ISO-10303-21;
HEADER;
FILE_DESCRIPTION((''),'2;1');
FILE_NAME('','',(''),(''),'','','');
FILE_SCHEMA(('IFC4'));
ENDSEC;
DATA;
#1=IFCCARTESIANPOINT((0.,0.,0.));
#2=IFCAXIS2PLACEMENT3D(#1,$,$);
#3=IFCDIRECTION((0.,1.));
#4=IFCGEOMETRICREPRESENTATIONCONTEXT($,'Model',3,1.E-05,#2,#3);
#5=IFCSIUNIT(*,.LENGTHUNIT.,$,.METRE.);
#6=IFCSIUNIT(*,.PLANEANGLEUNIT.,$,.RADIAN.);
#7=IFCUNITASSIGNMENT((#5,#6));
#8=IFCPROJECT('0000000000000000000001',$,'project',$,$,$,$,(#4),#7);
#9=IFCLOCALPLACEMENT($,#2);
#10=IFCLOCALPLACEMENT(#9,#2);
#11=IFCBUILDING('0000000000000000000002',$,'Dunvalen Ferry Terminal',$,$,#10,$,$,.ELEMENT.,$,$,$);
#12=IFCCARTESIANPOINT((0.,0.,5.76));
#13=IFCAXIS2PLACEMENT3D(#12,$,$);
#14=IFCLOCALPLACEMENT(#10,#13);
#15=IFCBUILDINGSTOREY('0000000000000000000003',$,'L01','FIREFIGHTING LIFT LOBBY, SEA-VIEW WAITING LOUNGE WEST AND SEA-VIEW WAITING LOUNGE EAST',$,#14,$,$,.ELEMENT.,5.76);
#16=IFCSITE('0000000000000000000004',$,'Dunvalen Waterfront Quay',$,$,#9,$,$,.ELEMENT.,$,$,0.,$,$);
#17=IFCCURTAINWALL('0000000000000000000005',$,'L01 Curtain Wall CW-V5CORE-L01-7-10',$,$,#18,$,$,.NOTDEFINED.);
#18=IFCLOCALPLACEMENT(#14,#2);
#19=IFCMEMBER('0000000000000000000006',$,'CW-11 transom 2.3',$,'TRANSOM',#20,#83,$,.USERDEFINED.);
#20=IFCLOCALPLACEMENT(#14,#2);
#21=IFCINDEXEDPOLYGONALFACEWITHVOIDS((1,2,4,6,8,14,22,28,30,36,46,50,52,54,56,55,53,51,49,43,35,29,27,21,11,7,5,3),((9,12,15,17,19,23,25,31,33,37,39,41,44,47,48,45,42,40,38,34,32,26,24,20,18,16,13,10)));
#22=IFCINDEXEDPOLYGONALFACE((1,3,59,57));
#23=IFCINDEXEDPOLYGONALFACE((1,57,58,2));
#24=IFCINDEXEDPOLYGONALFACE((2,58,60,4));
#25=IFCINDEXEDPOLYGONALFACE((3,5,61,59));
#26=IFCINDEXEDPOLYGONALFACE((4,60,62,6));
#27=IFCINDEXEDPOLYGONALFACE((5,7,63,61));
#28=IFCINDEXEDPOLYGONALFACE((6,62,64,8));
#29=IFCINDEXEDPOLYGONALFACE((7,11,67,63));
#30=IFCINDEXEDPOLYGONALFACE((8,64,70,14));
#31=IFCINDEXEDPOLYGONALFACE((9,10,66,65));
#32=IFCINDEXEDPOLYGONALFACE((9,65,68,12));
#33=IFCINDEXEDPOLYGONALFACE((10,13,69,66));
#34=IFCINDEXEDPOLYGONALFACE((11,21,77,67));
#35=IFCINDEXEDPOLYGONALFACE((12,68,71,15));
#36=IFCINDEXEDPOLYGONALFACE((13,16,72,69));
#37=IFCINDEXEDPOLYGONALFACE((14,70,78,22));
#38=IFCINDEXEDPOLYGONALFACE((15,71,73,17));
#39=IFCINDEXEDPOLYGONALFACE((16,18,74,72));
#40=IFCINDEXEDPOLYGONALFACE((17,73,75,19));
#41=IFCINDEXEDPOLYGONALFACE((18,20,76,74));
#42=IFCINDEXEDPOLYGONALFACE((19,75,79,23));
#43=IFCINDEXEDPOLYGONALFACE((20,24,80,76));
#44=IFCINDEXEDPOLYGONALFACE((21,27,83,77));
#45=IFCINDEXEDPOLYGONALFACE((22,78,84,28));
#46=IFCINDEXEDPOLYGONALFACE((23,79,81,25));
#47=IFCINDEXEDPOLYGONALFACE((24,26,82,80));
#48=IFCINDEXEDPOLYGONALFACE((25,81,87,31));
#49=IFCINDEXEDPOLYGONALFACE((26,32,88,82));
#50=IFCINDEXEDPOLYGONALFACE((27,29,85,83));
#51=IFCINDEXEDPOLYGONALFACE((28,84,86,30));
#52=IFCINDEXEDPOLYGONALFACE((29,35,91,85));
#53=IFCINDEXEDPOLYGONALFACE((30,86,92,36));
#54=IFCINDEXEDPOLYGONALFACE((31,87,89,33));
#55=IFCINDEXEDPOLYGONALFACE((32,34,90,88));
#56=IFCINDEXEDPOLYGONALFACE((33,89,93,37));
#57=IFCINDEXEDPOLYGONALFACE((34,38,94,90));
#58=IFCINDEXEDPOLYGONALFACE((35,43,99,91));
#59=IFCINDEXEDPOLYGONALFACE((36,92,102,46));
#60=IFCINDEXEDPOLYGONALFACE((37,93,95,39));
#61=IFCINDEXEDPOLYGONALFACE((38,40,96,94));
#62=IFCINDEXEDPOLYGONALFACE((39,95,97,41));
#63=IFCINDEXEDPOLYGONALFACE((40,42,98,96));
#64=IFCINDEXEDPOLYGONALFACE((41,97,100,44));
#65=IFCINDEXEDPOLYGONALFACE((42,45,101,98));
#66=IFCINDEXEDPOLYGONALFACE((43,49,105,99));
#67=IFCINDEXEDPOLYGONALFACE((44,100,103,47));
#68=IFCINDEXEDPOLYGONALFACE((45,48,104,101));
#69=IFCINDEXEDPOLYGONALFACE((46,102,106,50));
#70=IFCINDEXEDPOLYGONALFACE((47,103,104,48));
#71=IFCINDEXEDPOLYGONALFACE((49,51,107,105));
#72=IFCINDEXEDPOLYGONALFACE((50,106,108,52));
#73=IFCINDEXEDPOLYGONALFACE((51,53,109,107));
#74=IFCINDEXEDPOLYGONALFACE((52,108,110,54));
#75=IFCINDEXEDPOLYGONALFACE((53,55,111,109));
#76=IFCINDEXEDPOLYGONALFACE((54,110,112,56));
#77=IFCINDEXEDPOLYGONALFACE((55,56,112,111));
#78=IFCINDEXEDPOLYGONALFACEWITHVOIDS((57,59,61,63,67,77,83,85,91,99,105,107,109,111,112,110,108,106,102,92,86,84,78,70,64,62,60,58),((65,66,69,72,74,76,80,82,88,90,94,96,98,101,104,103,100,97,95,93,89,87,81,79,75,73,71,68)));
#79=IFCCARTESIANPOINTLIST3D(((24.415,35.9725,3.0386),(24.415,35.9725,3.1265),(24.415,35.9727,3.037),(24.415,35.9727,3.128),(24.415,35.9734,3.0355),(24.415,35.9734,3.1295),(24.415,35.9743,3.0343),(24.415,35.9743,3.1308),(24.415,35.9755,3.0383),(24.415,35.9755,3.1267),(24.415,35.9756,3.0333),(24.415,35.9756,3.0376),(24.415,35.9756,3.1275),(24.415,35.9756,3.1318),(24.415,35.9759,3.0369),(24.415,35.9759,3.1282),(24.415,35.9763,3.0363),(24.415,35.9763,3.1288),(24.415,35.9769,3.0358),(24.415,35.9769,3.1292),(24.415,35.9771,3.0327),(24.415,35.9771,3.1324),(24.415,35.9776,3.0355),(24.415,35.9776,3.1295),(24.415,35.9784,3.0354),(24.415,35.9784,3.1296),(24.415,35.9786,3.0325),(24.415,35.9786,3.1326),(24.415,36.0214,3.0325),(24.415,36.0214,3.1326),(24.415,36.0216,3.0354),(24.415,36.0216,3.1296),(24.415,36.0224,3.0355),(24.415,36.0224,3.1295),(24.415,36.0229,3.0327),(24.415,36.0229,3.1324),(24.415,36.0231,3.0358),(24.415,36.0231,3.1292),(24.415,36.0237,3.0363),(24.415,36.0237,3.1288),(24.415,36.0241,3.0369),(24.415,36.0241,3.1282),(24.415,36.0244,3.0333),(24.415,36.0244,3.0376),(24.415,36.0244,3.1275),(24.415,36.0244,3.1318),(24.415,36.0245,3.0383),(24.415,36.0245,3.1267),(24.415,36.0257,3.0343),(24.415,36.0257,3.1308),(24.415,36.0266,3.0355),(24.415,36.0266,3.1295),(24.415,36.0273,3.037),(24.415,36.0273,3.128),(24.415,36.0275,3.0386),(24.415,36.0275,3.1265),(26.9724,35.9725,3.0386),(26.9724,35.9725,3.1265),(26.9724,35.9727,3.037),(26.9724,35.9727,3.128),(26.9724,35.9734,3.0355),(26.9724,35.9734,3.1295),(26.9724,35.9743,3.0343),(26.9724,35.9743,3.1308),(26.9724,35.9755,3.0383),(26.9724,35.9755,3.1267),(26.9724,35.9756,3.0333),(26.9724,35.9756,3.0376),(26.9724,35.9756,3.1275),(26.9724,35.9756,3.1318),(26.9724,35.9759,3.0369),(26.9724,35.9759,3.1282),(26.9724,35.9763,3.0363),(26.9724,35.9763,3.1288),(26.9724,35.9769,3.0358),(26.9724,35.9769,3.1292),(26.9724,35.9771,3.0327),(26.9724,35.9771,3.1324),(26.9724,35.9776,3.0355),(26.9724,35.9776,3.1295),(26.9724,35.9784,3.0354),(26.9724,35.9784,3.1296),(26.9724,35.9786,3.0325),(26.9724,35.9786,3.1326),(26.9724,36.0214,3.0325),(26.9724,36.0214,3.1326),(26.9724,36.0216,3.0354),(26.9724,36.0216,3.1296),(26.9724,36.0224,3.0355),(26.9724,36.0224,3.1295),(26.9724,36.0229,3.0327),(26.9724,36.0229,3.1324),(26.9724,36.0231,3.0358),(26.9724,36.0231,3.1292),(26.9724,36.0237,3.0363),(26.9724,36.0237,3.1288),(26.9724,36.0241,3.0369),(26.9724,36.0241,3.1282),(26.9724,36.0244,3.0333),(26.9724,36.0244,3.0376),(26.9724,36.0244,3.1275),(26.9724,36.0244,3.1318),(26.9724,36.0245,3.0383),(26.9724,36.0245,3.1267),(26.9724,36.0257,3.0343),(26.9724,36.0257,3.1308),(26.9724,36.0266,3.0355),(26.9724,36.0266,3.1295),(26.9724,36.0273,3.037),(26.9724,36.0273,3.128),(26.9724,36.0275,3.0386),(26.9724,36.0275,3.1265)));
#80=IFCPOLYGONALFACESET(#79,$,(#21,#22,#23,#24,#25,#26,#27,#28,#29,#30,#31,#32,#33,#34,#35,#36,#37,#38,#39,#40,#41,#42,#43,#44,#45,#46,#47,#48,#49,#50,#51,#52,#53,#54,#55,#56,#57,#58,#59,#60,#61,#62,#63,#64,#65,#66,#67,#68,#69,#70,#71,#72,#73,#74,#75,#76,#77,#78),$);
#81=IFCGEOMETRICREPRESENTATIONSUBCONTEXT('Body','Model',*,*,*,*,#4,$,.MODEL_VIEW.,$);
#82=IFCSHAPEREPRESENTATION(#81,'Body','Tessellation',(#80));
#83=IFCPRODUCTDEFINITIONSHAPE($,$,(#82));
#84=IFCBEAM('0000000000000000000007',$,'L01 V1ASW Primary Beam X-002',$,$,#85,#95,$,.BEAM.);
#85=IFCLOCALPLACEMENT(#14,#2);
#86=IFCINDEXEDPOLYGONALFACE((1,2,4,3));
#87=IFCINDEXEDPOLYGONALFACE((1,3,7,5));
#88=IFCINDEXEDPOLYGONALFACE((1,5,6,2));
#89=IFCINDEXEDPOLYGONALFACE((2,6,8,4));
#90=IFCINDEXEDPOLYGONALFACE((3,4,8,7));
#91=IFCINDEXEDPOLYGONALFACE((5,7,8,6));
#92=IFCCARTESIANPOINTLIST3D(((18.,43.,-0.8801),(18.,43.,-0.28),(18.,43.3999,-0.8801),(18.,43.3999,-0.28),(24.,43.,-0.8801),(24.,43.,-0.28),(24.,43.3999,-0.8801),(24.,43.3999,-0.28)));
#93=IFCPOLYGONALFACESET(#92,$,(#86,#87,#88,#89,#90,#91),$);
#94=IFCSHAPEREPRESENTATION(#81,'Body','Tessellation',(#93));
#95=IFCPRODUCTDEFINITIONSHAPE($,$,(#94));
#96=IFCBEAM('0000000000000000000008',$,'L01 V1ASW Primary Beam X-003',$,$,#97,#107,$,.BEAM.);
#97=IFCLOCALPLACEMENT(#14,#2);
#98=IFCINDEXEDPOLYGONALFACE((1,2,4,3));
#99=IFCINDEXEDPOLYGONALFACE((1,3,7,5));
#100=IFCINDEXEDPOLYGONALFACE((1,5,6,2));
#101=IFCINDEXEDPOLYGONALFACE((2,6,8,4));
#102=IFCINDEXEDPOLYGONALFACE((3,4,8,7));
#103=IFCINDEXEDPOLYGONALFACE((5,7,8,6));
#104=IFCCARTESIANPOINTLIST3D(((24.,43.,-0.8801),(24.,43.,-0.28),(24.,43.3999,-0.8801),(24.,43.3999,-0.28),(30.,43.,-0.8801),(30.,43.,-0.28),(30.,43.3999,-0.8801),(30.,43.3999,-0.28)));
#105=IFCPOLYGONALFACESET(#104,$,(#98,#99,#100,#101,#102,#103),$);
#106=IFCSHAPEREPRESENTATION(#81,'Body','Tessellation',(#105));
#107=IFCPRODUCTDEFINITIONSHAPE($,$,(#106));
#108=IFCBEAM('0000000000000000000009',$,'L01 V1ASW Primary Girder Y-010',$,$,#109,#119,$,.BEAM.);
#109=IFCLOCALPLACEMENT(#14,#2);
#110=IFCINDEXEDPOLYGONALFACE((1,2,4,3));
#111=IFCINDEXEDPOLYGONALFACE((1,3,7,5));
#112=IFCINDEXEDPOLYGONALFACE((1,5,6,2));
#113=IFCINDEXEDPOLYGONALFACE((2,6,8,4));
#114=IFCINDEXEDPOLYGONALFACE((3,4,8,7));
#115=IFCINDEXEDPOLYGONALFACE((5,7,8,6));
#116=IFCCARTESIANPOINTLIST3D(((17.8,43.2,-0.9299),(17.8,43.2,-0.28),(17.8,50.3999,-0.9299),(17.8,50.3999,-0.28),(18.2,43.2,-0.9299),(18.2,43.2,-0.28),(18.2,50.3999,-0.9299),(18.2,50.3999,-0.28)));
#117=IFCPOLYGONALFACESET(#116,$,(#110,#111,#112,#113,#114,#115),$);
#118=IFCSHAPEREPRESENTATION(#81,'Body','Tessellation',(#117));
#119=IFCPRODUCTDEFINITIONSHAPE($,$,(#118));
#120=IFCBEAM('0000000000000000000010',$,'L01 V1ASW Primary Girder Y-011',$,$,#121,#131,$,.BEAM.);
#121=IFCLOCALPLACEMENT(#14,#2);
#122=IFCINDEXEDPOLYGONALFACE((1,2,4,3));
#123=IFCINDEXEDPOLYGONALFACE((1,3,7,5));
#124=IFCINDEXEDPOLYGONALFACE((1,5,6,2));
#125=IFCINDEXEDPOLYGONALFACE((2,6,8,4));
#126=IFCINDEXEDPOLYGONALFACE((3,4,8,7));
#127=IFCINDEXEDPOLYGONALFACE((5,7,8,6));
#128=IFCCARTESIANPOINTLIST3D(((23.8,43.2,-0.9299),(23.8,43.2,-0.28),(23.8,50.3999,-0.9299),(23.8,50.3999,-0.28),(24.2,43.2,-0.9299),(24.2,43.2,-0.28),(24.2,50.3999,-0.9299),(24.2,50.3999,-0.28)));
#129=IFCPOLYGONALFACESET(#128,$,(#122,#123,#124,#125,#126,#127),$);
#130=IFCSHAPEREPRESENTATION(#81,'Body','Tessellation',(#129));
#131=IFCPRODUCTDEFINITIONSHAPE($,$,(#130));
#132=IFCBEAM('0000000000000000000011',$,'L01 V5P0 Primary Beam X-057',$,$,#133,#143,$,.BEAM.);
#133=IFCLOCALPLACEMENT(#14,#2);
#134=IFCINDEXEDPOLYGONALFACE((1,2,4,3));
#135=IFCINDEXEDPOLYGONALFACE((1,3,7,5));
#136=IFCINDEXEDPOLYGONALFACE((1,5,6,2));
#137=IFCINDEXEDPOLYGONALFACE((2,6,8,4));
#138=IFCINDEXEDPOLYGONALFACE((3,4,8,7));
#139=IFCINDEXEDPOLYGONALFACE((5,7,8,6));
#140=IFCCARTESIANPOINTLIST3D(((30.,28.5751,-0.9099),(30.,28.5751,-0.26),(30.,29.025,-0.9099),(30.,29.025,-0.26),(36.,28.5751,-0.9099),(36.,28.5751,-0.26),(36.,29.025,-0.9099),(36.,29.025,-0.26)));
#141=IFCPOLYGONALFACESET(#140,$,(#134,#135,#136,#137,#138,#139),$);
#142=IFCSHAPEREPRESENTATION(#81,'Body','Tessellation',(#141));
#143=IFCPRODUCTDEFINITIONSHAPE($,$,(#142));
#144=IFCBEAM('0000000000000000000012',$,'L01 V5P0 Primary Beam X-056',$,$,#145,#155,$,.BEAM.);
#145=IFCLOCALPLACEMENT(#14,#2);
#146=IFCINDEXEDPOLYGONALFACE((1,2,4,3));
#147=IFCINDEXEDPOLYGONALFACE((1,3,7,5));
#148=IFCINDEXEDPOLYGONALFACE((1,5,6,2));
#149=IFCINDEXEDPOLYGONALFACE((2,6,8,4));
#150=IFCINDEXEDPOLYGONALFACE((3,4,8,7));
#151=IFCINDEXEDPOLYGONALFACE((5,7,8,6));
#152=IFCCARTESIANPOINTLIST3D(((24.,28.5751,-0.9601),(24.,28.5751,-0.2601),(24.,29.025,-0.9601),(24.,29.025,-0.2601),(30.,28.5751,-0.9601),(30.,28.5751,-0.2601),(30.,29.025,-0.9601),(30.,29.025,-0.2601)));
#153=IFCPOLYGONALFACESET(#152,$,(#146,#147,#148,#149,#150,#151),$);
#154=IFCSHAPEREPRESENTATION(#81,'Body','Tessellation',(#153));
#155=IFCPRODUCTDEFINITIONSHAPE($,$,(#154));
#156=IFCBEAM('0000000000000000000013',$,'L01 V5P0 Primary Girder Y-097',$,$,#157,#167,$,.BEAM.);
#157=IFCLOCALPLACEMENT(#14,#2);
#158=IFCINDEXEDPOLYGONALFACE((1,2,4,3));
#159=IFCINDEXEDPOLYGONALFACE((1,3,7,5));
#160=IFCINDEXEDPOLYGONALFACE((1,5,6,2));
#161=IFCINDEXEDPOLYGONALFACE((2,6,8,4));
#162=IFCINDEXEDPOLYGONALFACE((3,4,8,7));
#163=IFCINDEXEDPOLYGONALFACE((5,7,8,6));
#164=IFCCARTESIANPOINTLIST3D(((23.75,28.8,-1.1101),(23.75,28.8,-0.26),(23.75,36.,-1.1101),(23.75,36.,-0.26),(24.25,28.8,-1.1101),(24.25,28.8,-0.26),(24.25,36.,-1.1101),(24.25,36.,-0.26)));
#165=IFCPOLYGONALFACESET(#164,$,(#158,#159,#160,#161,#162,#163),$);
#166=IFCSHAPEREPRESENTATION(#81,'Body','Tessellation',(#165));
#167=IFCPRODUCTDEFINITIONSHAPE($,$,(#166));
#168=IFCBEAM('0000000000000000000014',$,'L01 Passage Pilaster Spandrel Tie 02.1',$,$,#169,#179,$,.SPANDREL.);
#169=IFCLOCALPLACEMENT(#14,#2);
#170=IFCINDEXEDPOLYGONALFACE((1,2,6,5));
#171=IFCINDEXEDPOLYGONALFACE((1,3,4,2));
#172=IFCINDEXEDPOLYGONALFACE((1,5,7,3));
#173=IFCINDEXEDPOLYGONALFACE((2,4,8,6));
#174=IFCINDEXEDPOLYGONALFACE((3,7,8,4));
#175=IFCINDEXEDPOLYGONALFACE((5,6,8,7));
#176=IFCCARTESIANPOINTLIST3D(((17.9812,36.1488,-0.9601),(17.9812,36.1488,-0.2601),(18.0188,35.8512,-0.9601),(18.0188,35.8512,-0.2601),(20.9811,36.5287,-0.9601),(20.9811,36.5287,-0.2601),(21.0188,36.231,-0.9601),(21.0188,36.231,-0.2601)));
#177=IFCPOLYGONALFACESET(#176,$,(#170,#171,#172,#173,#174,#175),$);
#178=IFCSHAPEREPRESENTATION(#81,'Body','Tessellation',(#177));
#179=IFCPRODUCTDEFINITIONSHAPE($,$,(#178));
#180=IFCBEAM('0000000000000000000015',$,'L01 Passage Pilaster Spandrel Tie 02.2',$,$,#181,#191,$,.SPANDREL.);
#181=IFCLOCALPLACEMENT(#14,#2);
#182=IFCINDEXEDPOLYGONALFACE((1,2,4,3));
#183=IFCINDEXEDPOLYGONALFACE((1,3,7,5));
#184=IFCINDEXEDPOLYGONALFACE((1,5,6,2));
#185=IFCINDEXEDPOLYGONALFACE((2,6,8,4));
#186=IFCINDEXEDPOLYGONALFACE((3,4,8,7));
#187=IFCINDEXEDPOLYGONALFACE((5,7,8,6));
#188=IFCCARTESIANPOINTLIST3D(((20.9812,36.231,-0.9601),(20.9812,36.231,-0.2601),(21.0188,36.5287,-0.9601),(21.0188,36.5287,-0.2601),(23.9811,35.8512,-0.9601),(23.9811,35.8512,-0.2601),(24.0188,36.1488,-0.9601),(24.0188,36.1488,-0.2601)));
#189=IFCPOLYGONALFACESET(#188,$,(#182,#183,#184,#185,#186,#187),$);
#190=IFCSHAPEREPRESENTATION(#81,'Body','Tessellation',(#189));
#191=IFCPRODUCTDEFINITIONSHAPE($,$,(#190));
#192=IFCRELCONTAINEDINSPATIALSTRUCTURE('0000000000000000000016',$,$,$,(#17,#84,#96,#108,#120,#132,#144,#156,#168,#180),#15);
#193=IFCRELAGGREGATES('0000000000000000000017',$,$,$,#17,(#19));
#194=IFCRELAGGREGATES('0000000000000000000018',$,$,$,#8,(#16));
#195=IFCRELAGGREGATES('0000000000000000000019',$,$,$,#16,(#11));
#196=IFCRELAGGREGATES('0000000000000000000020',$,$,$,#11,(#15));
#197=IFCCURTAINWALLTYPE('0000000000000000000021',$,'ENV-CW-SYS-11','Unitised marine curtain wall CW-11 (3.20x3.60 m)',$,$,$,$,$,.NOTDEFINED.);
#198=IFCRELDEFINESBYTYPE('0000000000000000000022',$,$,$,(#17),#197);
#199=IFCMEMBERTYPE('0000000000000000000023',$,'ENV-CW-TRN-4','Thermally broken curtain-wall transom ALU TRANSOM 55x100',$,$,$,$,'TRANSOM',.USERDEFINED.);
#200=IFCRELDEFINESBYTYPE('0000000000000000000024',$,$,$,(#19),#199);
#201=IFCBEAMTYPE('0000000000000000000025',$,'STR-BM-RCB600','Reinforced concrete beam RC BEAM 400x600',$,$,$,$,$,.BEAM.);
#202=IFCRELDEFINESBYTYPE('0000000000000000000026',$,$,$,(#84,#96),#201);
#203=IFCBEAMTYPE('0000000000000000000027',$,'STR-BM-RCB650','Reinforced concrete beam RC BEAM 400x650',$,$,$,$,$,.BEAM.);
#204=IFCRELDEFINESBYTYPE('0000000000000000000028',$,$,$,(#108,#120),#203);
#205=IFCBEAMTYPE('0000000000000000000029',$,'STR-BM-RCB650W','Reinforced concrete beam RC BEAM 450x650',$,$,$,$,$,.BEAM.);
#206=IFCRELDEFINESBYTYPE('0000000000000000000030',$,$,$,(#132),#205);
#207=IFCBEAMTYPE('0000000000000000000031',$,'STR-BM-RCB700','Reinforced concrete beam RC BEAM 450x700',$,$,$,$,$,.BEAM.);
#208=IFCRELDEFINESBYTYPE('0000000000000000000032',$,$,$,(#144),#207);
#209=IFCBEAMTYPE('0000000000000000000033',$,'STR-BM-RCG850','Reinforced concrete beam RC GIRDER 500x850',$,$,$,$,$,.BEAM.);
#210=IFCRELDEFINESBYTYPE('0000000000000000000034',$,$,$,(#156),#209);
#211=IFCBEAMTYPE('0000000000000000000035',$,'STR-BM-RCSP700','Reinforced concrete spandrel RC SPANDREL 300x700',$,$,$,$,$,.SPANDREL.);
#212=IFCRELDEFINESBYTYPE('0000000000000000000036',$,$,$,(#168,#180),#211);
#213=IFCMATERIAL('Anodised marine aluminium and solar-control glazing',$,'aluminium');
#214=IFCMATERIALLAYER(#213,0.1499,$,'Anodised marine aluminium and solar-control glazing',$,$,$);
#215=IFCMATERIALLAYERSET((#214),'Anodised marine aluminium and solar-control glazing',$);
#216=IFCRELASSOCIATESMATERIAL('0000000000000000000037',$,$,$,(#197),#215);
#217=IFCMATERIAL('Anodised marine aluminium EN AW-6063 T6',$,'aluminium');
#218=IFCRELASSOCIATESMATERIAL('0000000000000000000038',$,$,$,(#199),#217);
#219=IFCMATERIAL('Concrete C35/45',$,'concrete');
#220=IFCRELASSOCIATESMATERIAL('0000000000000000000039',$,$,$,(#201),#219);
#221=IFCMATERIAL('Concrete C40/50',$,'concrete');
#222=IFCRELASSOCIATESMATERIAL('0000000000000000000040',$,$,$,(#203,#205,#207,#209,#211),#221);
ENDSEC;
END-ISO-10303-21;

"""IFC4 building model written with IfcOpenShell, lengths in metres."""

from ifc_helpers import new_model, si_unit, direction, frame, origin, origin_2d, place, context, subcontext, project, spatial, rectangle, hollow_rectangle, extrude, material, layer, layer_set, material_profile, profile_set, type_object, element, aggregate, save


model = new_model("IFC4")

# Units and contexts
model_context = context("Model", 3, precision=1e-05, world=origin(), true_north=direction((0.0, 1.0)))
body_context = subcontext(model_context, "Body", "Model", "MODEL_VIEW")
ifc_project = project(units=[si_unit("LENGTHUNIT", "METRE"), si_unit("PLANEANGLEUNIT", "RADIAN")], contexts=[model_context])

# Site, building, storey
site_placement = place(None, origin())
site = spatial("IfcSite", under=ifc_project, at=site_placement, Name="Dunvalen Waterfront Quay", CompositionType="ELEMENT", RefElevation=0.0)
building_placement = place(site_placement, origin())
building = spatial("IfcBuilding", under=site, at=building_placement, Name="Dunvalen Ferry Terminal", CompositionType="ELEMENT")
storey_placement = place(building_placement, frame((0.0, 0.0, 5.76)))
storey = spatial("IfcBuildingStorey", under=building, at=storey_placement, Name="L01", Description="FIREFIGHTING LIFT LOBBY, SEA-VIEW WAITING LOUNGE WEST AND SEA-VIEW WAITING LOUNGE EAST", CompositionType="ELEMENT", Elevation=5.76)

# Shared definitions
ifc_material_1 = material(Name="Concrete C40/50", Category="concrete")
ifc_material_2 = material(Name="Concrete C35/45", Category="concrete")

# Curtain wall, member
ifc_material_3 = material(Name="Anodised marine aluminium and solar-control glazing", Category="aluminium")
ifc_layer_1 = layer(ifc_material_3, 0.1499, Name="Anodised marine aluminium and solar-control glazing")
ifc_layer_set_1 = layer_set([ifc_layer_1], Name="Anodised marine aluminium and solar-control glazing")
curtain_wall_type = type_object("IfcCurtainWallType", Name="ENV-CW-SYS-11", Description="Unitised marine curtain wall CW-11 (3.20x3.60 m)", PredefinedType="NOTDEFINED", material=ifc_layer_set_1)
curtain_wall_placement = place(storey_placement, origin())
curtain_wall = element("IfcCurtainWall", 1, at=curtain_wall_placement, inside=storey, type_object=curtain_wall_type, Name="L01 Curtain Wall CW-V5CORE-L01-7-10", PredefinedType="NOTDEFINED")
ifc_material_4 = material(Name="Anodised marine aluminium EN AW-6063 T6", Category="aluminium")
ifc_material_profile_1 = material_profile(ifc_material_4, hollow_rectangle(XDim=0.0549, YDim=0.1001, WallThickness=0.0029, InnerFilletRadius=0.0029, OuterFilletRadius=0.0061, at=origin_2d()), Name="Anodised marine aluminium EN AW-6063 T6")
ifc_profile_set_1 = profile_set([ifc_material_profile_1], Name="Anodised marine aluminium EN AW-6063 T6")
member_type_1 = type_object("IfcMemberType", Name="ENV-CW-TRN-4", Description="Thermally broken curtain-wall transom ALU TRANSOM 55x100", ElementType="TRANSOM", PredefinedType="USERDEFINED", material=ifc_profile_set_1)
member_1_placement = place(storey_placement, frame((26.9724, 36.0, 3.0825), z_axis=(-1.0, 0.0, 0.0), x_axis=(0.0, -1.0, 0.0)))
member_1 = element("IfcMember", 2, at=member_1_placement, type_object=member_type_1, Name="CW-11 transom 2.3", ObjectType="TRANSOM", PredefinedType="USERDEFINED", context=body_context, shape_type="SweptSolid", body=[
    extrude(hollow_rectangle(XDim=0.0549, YDim=0.1001, WallThickness=0.0029, InnerFilletRadius=0.0029, OuterFilletRadius=0.0061, at=origin_2d()), origin(), (0.0, 0.0, 1.0), 2.5574),
])

# Beams
ifc_material_profile_2 = material_profile(ifc_material_2, rectangle(XDim=0.3999, YDim=0.6001, at=origin_2d()), Name="Concrete C35/45")
ifc_profile_set_2 = profile_set([ifc_material_profile_2], Name="Concrete C35/45")
beam_type_1 = type_object("IfcBeamType", Name="STR-BM-RCB600", Description="Reinforced concrete beam RC BEAM 400x600", PredefinedType="BEAM", material=ifc_profile_set_2)
for number, where, z_axis, x_axis, name in (
    (3, (18.0, 43.2, -0.5801), (1.0, 0.0, 0.0), (0.0, 1.0, 0.0), "L01 V1ASW Primary Beam X-002"),
    (4, (24.0, 43.2, -0.5801), (1.0, 0.0, 0.0), (0.0, 1.0, 0.0), "L01 V1ASW Primary Beam X-003"),
):
    element("IfcBeam", number, at=place(storey_placement, frame(where, z_axis=z_axis, x_axis=x_axis)), inside=storey, type_object=beam_type_1, Name=name, PredefinedType="BEAM", context=body_context, shape_type="SweptSolid", body=[
        extrude(rectangle(XDim=0.3999, YDim=0.6001, at=origin_2d()), origin(), (0.0, 0.0, 1.0), 6.0),
    ])
ifc_material_profile_3 = material_profile(ifc_material_1, rectangle(XDim=0.3999, YDim=0.6499, at=origin_2d()), Name="Concrete C40/50")
ifc_profile_set_3 = profile_set([ifc_material_profile_3], Name="Concrete C40/50")
beam_type_2 = type_object("IfcBeamType", Name="STR-BM-RCB650", Description="Reinforced concrete beam RC BEAM 400x650", PredefinedType="BEAM", material=ifc_profile_set_3)
for number, where, z_axis, x_axis, name in (
    (5, (18.0, 43.2, -0.605), (0.0, 1.0, 0.0), (-1.0, 0.0, 0.0), "L01 V1ASW Primary Girder Y-010"),
    (6, (24.0, 43.2, -0.605), (0.0, 1.0, 0.0), (-1.0, 0.0, 0.0), "L01 V1ASW Primary Girder Y-011"),
):
    element("IfcBeam", number, at=place(storey_placement, frame(where, z_axis=z_axis, x_axis=x_axis)), inside=storey, type_object=beam_type_2, Name=name, PredefinedType="BEAM", context=body_context, shape_type="SweptSolid", body=[
        extrude(rectangle(XDim=0.3999, YDim=0.6499, at=origin_2d()), origin(), (0.0, 0.0, 1.0), 7.2),
    ])
ifc_material_profile_4 = material_profile(ifc_material_1, rectangle(XDim=0.45, YDim=0.6499, at=origin_2d()), Name="Concrete C40/50")
ifc_profile_set_4 = profile_set([ifc_material_profile_4], Name="Concrete C40/50")
beam_type_3 = type_object("IfcBeamType", Name="STR-BM-RCB650W", Description="Reinforced concrete beam RC BEAM 450x650", PredefinedType="BEAM", material=ifc_profile_set_4)
beam_1_placement = place(storey_placement, frame((30.0, 28.8, -0.585), z_axis=(1.0, 0.0, 0.0), x_axis=(0.0, 1.0, 0.0)))
element("IfcBeam", 7, at=beam_1_placement, inside=storey, type_object=beam_type_3, Name="L01 V5P0 Primary Beam X-057", PredefinedType="BEAM", context=body_context, shape_type="SweptSolid", body=[
    extrude(rectangle(XDim=0.45, YDim=0.6499, at=origin_2d()), origin(), (0.0, 0.0, 1.0), 6.0),
])
ifc_material_profile_5 = material_profile(ifc_material_1, rectangle(XDim=0.45, YDim=0.7, at=origin_2d()), Name="Concrete C40/50")
ifc_profile_set_5 = profile_set([ifc_material_profile_5], Name="Concrete C40/50")
beam_type_4 = type_object("IfcBeamType", Name="STR-BM-RCB700", Description="Reinforced concrete beam RC BEAM 450x700", PredefinedType="BEAM", material=ifc_profile_set_5)
beam_2_placement = place(storey_placement, frame((24.0, 28.8, -0.6101), z_axis=(1.0, 0.0, 0.0), x_axis=(0.0, 1.0, 0.0)))
element("IfcBeam", 8, at=beam_2_placement, inside=storey, type_object=beam_type_4, Name="L01 V5P0 Primary Beam X-056", PredefinedType="BEAM", context=body_context, shape_type="SweptSolid", body=[
    extrude(rectangle(XDim=0.45, YDim=0.7, at=origin_2d()), origin(), (0.0, 0.0, 1.0), 6.0),
])
ifc_material_profile_6 = material_profile(ifc_material_1, rectangle(XDim=0.5, YDim=0.8501, at=origin_2d()), Name="Concrete C40/50")
ifc_profile_set_6 = profile_set([ifc_material_profile_6], Name="Concrete C40/50")
beam_type_5 = type_object("IfcBeamType", Name="STR-BM-RCG850", Description="Reinforced concrete beam RC GIRDER 500x850", PredefinedType="BEAM", material=ifc_profile_set_6)
beam_3_placement = place(storey_placement, frame((24.0, 28.8, -0.6851), z_axis=(0.0, 1.0, 0.0), x_axis=(-1.0, 0.0, 0.0)))
element("IfcBeam", 9, at=beam_3_placement, inside=storey, type_object=beam_type_5, Name="L01 V5P0 Primary Girder Y-097", PredefinedType="BEAM", context=body_context, shape_type="SweptSolid", body=[
    extrude(rectangle(XDim=0.5, YDim=0.8501, at=origin_2d()), origin(), (0.0, 0.0, 1.0), 7.2),
])
ifc_material_profile_7 = material_profile(ifc_material_1, rectangle(XDim=0.3, YDim=0.7, at=origin_2d()), Name="Concrete C40/50")
ifc_profile_set_7 = profile_set([ifc_material_profile_7], Name="Concrete C40/50")
beam_type_6 = type_object("IfcBeamType", Name="STR-BM-RCSP700", Description="Reinforced concrete spandrel RC SPANDREL 300x700", PredefinedType="SPANDREL", material=ifc_profile_set_7)
for number, where, z_axis, x_axis, name in (
    (10, (18.0, 36.0, -0.6101), (0.992078, 0.125624, 0.0), (-0.125624, 0.992078, 0.0), "L01 Passage Pilaster Spandrel Tie 02.1"),
    (11, (21.0, 36.3799, -0.6101), (0.992078, -0.125624, 0.0), (0.125624, 0.992078, 0.0), "L01 Passage Pilaster Spandrel Tie 02.2"),
):
    element("IfcBeam", number, at=place(storey_placement, frame(where, z_axis=z_axis, x_axis=x_axis)), inside=storey, type_object=beam_type_6, Name=name, PredefinedType="SPANDREL", context=body_context, shape_type="SweptSolid", body=[
        extrude(rectangle(XDim=0.3, YDim=0.7, at=origin_2d()), origin(), (0.0, 0.0, 1.0), 3.0239),
    ])

aggregate(curtain_wall, [member_1])

save(model, "model.ifc")
